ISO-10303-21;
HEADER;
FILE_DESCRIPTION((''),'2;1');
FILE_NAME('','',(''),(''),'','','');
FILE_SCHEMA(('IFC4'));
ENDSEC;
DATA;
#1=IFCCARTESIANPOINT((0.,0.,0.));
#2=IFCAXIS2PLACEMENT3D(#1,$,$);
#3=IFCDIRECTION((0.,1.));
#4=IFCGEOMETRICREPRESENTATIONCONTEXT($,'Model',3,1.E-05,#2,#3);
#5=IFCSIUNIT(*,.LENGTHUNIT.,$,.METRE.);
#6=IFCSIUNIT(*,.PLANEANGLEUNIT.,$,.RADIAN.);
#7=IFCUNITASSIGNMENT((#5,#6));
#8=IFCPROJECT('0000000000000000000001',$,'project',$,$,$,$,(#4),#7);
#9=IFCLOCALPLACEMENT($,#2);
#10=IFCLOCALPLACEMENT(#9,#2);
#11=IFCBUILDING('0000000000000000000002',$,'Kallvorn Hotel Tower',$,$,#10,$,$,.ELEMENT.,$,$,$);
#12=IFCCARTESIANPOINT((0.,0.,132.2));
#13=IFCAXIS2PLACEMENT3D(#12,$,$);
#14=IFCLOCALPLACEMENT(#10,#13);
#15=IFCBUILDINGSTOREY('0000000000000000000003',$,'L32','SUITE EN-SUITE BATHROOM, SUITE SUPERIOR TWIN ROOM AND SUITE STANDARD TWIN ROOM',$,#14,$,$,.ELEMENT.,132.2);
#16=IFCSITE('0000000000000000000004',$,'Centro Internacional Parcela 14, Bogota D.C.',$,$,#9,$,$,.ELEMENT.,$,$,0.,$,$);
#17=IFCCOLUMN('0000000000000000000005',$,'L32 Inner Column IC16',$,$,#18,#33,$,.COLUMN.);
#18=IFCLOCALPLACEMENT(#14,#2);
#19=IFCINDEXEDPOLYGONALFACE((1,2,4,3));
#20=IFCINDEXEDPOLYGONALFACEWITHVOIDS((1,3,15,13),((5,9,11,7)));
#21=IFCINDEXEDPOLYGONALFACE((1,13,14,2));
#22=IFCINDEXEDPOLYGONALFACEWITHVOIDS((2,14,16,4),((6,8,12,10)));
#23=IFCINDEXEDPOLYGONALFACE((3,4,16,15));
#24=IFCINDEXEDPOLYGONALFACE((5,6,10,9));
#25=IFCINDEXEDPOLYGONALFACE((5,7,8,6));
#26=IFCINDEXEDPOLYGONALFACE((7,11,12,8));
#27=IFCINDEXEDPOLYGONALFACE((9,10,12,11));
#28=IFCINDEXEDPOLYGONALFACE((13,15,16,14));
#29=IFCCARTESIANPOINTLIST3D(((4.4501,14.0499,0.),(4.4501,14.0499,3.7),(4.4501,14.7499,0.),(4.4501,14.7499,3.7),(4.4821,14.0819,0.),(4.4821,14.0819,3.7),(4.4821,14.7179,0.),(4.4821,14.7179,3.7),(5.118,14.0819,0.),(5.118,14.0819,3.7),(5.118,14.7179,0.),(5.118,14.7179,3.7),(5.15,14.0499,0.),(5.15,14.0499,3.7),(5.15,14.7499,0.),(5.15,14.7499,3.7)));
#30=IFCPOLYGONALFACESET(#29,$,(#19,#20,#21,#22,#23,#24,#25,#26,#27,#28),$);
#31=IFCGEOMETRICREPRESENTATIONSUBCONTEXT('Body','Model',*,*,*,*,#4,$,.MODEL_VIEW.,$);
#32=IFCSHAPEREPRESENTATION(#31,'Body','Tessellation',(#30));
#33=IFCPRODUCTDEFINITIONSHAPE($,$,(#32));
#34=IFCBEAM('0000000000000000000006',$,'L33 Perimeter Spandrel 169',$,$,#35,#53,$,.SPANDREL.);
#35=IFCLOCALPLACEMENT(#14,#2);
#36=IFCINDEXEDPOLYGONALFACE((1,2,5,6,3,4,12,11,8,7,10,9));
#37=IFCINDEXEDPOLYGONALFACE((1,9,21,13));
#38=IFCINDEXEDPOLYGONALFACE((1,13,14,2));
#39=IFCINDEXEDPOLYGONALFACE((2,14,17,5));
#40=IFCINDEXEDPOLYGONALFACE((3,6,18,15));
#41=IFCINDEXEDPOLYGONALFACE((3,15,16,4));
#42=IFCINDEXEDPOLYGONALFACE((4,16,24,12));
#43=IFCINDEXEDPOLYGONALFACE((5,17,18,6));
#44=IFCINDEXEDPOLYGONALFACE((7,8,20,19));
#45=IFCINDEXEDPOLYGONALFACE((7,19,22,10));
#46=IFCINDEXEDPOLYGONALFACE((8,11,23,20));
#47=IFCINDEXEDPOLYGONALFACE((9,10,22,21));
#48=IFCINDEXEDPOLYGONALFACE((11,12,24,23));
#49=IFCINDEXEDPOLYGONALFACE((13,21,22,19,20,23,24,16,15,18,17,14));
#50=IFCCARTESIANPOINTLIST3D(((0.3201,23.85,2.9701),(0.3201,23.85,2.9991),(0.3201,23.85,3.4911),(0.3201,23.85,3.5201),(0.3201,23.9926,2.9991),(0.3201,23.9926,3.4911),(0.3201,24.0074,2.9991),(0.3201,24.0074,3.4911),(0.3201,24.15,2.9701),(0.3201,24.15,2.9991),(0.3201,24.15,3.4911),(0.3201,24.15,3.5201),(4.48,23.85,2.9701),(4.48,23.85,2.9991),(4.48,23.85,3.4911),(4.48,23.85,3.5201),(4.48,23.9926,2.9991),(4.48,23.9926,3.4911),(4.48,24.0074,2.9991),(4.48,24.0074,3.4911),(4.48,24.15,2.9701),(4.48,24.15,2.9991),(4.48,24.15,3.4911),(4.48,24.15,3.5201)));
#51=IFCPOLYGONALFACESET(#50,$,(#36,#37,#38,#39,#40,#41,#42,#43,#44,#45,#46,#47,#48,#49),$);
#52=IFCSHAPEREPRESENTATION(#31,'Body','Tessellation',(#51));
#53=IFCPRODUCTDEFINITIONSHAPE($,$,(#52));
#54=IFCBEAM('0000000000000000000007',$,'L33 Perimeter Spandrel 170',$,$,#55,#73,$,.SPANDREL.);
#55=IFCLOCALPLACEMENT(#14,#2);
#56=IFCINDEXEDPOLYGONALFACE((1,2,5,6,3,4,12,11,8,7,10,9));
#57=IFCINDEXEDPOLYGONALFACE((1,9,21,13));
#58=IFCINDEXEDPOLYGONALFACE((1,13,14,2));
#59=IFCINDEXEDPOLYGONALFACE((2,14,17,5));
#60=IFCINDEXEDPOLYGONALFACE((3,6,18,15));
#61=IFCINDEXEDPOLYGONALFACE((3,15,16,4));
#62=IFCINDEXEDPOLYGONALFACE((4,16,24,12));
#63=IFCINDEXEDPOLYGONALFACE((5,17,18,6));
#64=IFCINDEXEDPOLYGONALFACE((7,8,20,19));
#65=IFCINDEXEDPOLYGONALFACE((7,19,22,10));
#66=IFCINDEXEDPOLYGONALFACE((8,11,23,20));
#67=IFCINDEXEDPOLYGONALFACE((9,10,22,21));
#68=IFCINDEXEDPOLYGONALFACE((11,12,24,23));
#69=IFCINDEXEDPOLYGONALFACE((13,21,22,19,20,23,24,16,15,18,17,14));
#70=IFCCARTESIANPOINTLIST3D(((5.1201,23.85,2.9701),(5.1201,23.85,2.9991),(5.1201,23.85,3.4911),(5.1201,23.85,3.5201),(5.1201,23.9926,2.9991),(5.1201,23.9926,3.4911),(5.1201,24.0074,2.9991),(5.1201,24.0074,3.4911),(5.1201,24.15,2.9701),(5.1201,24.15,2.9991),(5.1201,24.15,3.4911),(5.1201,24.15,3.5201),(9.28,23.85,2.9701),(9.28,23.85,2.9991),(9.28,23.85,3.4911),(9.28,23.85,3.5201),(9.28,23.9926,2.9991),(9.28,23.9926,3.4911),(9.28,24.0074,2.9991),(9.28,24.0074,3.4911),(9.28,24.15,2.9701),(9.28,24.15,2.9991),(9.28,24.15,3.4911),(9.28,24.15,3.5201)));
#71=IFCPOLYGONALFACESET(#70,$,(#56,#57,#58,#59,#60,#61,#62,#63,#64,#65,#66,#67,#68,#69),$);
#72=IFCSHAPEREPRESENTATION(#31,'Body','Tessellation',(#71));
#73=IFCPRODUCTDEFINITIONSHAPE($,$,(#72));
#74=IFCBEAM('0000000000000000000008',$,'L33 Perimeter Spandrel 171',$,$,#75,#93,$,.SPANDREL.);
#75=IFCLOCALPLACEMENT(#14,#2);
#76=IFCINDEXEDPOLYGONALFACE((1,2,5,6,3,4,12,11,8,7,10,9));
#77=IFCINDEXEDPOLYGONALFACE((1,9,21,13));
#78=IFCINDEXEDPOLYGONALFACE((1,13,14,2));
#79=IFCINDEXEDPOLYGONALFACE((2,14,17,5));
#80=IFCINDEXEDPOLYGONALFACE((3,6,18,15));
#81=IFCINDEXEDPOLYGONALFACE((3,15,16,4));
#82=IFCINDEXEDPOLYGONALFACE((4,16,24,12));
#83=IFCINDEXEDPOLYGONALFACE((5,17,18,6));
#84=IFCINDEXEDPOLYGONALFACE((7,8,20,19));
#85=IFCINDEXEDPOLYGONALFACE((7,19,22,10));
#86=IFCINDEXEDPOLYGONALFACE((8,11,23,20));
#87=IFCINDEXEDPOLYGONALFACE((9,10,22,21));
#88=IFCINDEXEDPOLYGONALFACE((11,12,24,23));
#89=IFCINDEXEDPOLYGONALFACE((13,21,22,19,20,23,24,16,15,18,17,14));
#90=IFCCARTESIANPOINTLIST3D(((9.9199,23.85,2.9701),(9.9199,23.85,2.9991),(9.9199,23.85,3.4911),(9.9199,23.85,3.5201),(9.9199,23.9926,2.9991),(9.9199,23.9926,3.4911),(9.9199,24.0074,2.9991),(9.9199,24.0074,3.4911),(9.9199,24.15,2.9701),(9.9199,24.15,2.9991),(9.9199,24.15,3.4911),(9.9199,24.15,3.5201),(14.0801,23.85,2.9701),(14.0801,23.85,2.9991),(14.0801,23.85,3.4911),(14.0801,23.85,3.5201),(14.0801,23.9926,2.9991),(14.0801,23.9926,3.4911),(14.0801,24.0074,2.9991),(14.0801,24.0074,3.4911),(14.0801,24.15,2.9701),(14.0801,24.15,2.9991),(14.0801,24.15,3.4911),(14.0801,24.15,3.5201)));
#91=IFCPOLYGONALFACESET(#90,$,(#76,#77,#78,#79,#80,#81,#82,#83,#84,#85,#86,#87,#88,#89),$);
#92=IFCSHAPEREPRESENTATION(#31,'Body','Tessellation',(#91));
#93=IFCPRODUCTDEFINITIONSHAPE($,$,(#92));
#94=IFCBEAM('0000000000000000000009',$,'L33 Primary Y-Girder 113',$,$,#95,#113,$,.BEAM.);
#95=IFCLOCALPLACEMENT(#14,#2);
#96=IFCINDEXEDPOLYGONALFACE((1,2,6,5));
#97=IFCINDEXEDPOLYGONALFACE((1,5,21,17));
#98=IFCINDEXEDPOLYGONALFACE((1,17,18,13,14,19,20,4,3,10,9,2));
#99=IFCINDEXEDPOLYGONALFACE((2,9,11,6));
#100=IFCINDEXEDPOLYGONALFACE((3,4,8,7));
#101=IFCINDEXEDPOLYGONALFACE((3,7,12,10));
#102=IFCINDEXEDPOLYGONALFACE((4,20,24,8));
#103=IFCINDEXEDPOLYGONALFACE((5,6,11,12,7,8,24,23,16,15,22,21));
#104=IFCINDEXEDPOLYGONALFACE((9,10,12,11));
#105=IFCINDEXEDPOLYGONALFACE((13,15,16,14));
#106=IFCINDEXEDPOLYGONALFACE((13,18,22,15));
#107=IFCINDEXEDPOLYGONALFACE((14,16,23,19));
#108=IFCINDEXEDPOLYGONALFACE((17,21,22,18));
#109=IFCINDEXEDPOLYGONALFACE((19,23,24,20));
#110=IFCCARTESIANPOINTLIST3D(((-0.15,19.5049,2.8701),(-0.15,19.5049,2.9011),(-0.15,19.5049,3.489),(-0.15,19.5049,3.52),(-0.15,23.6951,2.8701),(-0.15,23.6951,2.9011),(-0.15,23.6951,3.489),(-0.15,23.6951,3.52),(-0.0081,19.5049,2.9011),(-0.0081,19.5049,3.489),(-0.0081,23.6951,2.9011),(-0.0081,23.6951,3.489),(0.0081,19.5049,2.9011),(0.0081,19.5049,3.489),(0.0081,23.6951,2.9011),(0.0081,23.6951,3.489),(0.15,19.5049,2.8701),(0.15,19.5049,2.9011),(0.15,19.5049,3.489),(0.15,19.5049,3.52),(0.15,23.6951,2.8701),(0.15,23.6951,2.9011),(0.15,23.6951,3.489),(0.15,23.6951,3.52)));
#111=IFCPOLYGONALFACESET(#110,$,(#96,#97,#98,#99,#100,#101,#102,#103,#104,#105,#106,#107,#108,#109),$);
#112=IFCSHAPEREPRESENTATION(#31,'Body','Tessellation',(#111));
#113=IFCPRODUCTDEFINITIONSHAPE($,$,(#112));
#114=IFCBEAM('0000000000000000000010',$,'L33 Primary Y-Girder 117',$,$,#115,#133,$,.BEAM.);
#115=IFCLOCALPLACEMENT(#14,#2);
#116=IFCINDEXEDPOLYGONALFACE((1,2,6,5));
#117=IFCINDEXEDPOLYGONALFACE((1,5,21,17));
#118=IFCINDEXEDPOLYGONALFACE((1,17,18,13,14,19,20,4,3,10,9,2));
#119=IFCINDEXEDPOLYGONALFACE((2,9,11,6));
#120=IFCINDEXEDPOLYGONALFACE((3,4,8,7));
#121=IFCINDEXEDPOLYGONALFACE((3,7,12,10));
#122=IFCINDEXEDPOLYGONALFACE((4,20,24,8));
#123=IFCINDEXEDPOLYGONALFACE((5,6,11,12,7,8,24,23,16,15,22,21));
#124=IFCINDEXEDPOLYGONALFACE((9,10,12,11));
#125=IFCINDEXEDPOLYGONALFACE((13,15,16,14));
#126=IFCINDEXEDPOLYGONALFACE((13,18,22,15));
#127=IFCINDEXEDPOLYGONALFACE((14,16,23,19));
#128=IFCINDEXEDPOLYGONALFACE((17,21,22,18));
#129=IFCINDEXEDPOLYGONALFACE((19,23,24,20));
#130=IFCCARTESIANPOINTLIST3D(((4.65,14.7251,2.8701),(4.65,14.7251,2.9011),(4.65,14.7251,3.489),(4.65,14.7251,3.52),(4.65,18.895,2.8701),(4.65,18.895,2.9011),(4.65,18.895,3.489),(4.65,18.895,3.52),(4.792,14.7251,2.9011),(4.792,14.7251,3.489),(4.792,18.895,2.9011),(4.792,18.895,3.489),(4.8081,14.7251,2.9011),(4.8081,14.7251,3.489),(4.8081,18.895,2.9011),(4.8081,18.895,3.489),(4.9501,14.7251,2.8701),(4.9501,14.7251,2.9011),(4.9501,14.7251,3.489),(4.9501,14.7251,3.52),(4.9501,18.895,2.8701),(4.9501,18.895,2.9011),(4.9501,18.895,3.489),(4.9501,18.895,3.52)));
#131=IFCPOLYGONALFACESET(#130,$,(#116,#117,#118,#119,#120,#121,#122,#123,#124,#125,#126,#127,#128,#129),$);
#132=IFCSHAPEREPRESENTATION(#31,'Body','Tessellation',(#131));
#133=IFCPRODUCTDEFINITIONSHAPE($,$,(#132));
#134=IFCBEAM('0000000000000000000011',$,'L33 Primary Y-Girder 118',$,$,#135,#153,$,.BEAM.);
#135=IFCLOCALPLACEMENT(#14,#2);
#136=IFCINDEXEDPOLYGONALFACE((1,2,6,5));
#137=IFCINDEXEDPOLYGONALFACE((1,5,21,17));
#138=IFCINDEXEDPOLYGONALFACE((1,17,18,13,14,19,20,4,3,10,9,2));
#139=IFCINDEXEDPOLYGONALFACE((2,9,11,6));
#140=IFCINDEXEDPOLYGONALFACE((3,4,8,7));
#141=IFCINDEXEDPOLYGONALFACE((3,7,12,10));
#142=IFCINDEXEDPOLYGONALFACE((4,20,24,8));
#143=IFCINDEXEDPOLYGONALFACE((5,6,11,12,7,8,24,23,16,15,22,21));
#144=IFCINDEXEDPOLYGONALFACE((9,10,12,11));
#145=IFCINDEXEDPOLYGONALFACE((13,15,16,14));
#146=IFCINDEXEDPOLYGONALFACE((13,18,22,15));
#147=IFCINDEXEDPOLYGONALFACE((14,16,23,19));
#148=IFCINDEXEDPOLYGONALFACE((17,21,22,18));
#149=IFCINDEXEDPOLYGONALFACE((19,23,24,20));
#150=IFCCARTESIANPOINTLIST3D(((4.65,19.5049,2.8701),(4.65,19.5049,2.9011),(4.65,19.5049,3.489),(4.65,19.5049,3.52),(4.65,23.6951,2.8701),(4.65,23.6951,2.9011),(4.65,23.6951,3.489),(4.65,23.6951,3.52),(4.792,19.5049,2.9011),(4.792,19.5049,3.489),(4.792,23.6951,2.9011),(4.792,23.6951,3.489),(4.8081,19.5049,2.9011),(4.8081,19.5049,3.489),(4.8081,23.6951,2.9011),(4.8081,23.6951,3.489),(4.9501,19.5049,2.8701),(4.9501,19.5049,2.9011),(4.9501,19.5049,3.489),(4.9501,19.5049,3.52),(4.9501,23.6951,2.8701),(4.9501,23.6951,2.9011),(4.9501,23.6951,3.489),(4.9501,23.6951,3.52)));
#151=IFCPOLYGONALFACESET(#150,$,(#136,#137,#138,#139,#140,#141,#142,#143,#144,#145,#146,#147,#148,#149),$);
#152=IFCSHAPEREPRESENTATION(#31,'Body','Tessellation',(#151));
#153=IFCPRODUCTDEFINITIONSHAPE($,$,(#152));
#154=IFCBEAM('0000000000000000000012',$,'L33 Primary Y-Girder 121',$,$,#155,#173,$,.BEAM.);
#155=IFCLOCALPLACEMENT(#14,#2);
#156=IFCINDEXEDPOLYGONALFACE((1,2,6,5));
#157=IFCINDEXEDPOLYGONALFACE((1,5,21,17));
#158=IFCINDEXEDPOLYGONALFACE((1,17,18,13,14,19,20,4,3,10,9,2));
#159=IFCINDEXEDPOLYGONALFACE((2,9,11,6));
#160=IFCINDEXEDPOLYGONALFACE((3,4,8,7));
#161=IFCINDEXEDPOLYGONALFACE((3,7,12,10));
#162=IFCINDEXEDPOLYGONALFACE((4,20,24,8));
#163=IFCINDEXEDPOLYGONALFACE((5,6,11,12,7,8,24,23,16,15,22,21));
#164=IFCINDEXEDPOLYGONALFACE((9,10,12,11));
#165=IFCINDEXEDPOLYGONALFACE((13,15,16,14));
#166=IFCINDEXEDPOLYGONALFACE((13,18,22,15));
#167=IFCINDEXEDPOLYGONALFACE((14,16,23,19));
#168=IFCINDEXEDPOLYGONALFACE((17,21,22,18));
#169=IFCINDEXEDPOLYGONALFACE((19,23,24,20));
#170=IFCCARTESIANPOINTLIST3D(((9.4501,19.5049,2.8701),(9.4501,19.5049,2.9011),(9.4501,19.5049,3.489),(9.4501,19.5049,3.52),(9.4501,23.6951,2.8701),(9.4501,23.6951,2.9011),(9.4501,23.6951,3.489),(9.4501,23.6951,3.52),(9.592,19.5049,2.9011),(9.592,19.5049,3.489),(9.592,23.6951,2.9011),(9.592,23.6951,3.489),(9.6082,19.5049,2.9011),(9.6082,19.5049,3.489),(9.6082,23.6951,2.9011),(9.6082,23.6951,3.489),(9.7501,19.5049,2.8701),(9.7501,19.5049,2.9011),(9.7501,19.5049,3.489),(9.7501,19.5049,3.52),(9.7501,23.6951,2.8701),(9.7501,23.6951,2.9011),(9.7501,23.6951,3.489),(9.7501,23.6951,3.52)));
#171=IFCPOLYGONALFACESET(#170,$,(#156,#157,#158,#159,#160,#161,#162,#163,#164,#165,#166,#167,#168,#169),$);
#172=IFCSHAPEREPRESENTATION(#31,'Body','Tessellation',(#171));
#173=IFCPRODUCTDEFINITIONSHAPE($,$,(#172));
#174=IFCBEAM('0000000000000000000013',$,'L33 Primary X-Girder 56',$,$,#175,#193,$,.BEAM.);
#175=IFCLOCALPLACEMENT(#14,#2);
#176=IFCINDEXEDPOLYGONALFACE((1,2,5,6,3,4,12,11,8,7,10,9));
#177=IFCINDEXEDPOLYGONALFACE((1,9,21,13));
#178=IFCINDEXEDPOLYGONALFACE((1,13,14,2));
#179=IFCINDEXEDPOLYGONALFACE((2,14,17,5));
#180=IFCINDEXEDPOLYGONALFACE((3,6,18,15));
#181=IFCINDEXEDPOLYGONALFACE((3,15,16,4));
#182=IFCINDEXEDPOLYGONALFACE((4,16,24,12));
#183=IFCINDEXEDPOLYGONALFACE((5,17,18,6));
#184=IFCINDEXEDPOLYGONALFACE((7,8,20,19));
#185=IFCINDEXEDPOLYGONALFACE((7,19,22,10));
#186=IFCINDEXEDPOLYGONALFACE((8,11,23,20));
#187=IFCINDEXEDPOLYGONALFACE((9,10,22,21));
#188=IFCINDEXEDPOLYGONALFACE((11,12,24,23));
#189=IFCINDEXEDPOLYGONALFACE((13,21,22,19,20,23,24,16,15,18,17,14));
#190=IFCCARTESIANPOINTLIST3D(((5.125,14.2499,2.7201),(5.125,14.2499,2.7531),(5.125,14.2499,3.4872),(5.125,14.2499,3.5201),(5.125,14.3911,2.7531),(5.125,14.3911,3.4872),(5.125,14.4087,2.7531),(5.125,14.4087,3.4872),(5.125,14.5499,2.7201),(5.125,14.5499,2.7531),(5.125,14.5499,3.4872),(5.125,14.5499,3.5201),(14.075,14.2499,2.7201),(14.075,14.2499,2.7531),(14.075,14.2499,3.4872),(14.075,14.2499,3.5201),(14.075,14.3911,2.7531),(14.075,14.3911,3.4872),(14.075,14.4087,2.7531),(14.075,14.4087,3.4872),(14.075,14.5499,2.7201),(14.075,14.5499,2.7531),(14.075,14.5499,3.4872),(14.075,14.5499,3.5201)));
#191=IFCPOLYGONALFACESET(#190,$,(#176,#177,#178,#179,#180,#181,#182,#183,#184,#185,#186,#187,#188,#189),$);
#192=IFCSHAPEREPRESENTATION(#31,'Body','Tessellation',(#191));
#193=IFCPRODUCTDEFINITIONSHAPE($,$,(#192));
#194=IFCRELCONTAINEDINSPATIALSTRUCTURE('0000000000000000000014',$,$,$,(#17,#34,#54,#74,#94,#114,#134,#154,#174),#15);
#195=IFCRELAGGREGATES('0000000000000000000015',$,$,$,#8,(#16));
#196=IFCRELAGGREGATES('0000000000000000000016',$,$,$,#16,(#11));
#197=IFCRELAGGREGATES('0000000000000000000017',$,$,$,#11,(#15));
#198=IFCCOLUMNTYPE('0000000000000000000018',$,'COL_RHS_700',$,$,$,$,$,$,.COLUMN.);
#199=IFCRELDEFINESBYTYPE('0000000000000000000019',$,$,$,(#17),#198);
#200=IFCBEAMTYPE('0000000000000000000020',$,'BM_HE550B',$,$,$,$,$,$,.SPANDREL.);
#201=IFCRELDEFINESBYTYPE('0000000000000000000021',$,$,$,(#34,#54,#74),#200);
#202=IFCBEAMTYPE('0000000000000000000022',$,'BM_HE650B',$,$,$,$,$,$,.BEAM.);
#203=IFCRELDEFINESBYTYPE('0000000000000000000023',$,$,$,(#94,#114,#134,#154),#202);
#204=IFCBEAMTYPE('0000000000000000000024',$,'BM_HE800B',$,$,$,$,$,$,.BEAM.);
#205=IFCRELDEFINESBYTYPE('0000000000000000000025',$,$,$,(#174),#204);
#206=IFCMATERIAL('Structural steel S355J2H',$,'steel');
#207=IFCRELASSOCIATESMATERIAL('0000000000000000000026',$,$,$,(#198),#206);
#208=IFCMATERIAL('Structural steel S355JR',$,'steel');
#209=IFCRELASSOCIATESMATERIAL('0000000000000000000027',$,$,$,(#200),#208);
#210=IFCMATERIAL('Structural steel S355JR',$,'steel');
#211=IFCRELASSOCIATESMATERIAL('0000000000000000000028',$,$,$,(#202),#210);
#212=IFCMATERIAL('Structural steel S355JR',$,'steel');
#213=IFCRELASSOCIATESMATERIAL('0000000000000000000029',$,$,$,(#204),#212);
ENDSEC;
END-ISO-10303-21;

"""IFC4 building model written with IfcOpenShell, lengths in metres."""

from ifc_helpers import new_model, si_unit, direction, frame, origin, origin_2d, place, context, subcontext, project, spatial, hollow_rectangle, i_section, extrude, material, material_profile, profile_set, type_object, element, save


model = new_model("IFC4")

# Units and contexts
model_context = context("Model", 3, precision=1e-05, world=origin(), true_north=direction((0.0, 1.0)))
body_context = subcontext(model_context, "Body", "Model", "MODEL_VIEW")
ifc_project = project(units=[si_unit("LENGTHUNIT", "METRE"), si_unit("PLANEANGLEUNIT", "RADIAN")], contexts=[model_context])

# Site, building, storey
site_placement = place(None, origin())
site = spatial("IfcSite", under=ifc_project, at=site_placement, Name="Centro Internacional Parcela 14, Bogota D.C.", CompositionType="ELEMENT", RefElevation=0.0)
building_placement = place(site_placement, origin())
building = spatial("IfcBuilding", under=site, at=building_placement, Name="Kallvorn Hotel Tower", CompositionType="ELEMENT")
storey_placement = place(building_placement, frame((0.0, 0.0, 132.2)))
storey = spatial("IfcBuildingStorey", under=building, at=storey_placement, Name="L32", Description="SUITE EN-SUITE BATHROOM, SUITE SUPERIOR TWIN ROOM AND SUITE STANDARD TWIN ROOM", CompositionType="ELEMENT", Elevation=132.2)

# Column
ifc_material_1 = material(Name="Structural steel S355J2H", Category="steel")
ifc_material_profile_1 = material_profile(ifc_material_1, hollow_rectangle(XDim=0.7, YDim=0.7, WallThickness=0.032, at=origin_2d()), Name="RHS 700x700x32")
ifc_profile_set_1 = profile_set([ifc_material_profile_1], Name="Structural steel S355J2H")
column_type_1 = type_object("IfcColumnType", Name="COL_RHS_700", PredefinedType="COLUMN", material=ifc_profile_set_1)
column_placement = place(storey_placement, frame((4.8, 14.3999, 0.0), z_axis=(0.0, 0.0, 1.0), x_axis=(1.0, 0.0, 0.0)))
element("IfcColumn", 1, at=column_placement, inside=storey, type_object=column_type_1, Name="L32 Inner Column IC16", PredefinedType="COLUMN", context=body_context, shape_type="SweptSolid", body=[
    extrude(hollow_rectangle(XDim=0.7, YDim=0.7, WallThickness=0.032, at=origin_2d()), origin(), (0.0, 0.0, 1.0), 3.7),
])

# Beams
ifc_material_2 = material(Name="Structural steel S355JR", Category="steel")
ifc_material_profile_2 = material_profile(ifc_material_2, i_section(OverallWidth=0.3, OverallDepth=0.55, WebThickness=0.0149, FlangeThickness=0.0291, at=origin_2d()), Name="HE 550 B")
ifc_profile_set_2 = profile_set([ifc_material_profile_2], Name="Structural steel S355JR")
beam_type_1 = type_object("IfcBeamType", Name="BM_HE550B", PredefinedType="SPANDREL", material=ifc_profile_set_2)
for number, where, z_axis, x_axis, name in (
    (2, (0.3201, 24.0, 3.2451), (1.0, 0.0, 0.0), (0.0, 1.0, 0.0), "L33 Perimeter Spandrel 169"),
    (3, (5.1201, 24.0, 3.2451), (1.0, 0.0, 0.0), (0.0, 1.0, 0.0), "L33 Perimeter Spandrel 170"),
):
    element("IfcBeam", number, at=place(storey_placement, frame(where, z_axis=z_axis, x_axis=x_axis)), inside=storey, type_object=beam_type_1, Name=name, PredefinedType="SPANDREL", context=body_context, shape_type="SweptSolid", body=[
        extrude(i_section(OverallWidth=0.3, OverallDepth=0.55, WebThickness=0.0149, FlangeThickness=0.0291, at=origin_2d()), origin(), (0.0, 0.0, 1.0), 4.1599),
    ])
beam_1_placement = place(storey_placement, frame((9.9199, 24.0, 3.2451), z_axis=(1.0, 0.0, 0.0), x_axis=(0.0, 1.0, 0.0)))
element("IfcBeam", 4, at=beam_1_placement, inside=storey, type_object=beam_type_1, Name="L33 Perimeter Spandrel 171", PredefinedType="SPANDREL", context=body_context, shape_type="SweptSolid", body=[
    extrude(i_section(OverallWidth=0.3, OverallDepth=0.55, WebThickness=0.0149, FlangeThickness=0.0291, at=origin_2d()), origin(), (0.0, 0.0, 1.0), 4.1602),
])
ifc_material_3 = material(Name="Structural steel S355JR", Category="steel")
ifc_material_profile_3 = material_profile(ifc_material_3, i_section(OverallWidth=0.3, OverallDepth=0.6499, WebThickness=0.0161, FlangeThickness=0.031, at=origin_2d()), Name="HE 650 B")
ifc_profile_set_3 = profile_set([ifc_material_profile_3], Name="Structural steel S355JR")
beam_type_2 = type_object("IfcBeamType", Name="BM_HE650B", PredefinedType="BEAM", material=ifc_profile_set_3)
beam_2_placement = place(storey_placement, frame((0.0, 19.5049, 3.1951), z_axis=(0.0, 1.0, 0.0), x_axis=(-1.0, 0.0, 0.0)))
element("IfcBeam", 5, at=beam_2_placement, inside=storey, type_object=beam_type_2, Name="L33 Primary Y-Girder 113", PredefinedType="BEAM", context=body_context, shape_type="SweptSolid", body=[
    extrude(i_section(OverallWidth=0.3, OverallDepth=0.6499, WebThickness=0.0161, FlangeThickness=0.031, at=origin_2d()), origin(), (0.0, 0.0, 1.0), 4.1902),
])
beam_3_placement = place(storey_placement, frame((4.8, 14.7251, 3.1951), z_axis=(0.0, 1.0, 0.0), x_axis=(-1.0, 0.0, 0.0)))
element("IfcBeam", 6, at=beam_3_placement, inside=storey, type_object=beam_type_2, Name="L33 Primary Y-Girder 117", PredefinedType="BEAM", context=body_context, shape_type="SweptSolid", body=[
    extrude(i_section(OverallWidth=0.3, OverallDepth=0.6499, WebThickness=0.0161, FlangeThickness=0.031, at=origin_2d()), origin(), (0.0, 0.0, 1.0), 4.1699),
])
for number, where, z_axis, x_axis, name in (
    (7, (4.8, 19.5049, 3.1951), (0.0, 1.0, 0.0), (-1.0, 0.0, 0.0), "L33 Primary Y-Girder 118"),
    (8, (9.6001, 19.5049, 3.1951), (0.0, 1.0, 0.0), (-1.0, 0.0, 0.0), "L33 Primary Y-Girder 121"),
):
    element("IfcBeam", number, at=place(storey_placement, frame(where, z_axis=z_axis, x_axis=x_axis)), inside=storey, type_object=beam_type_2, Name=name, PredefinedType="BEAM", context=body_context, shape_type="SweptSolid", body=[
        extrude(i_section(OverallWidth=0.3, OverallDepth=0.6499, WebThickness=0.0161, FlangeThickness=0.031, at=origin_2d()), origin(), (0.0, 0.0, 1.0), 4.1902),
    ])
ifc_material_4 = material(Name="Structural steel S355JR", Category="steel")
ifc_material_profile_4 = material_profile(ifc_material_4, i_section(OverallWidth=0.3, OverallDepth=0.8, WebThickness=0.0176, FlangeThickness=0.033, at=origin_2d()), Name="HE 800 B")
ifc_profile_set_4 = profile_set([ifc_material_profile_4], Name="Structural steel S355JR")
beam_type_3 = type_object("IfcBeamType", Name="BM_HE800B", PredefinedType="BEAM", material=ifc_profile_set_4)
beam_4_placement = place(storey_placement, frame((5.125, 14.3999, 3.1201), z_axis=(1.0, 0.0, 0.0), x_axis=(0.0, 1.0, 0.0)))
element("IfcBeam", 9, at=beam_4_placement, inside=storey, type_object=beam_type_3, Name="L33 Primary X-Girder 56", PredefinedType="BEAM", context=body_context, shape_type="SweptSolid", body=[
    extrude(i_section(OverallWidth=0.3, OverallDepth=0.8, WebThickness=0.0176, FlangeThickness=0.033, at=origin_2d()), origin(), (0.0, 0.0, 1.0), 8.95),
])

save(model, "model.ifc")
